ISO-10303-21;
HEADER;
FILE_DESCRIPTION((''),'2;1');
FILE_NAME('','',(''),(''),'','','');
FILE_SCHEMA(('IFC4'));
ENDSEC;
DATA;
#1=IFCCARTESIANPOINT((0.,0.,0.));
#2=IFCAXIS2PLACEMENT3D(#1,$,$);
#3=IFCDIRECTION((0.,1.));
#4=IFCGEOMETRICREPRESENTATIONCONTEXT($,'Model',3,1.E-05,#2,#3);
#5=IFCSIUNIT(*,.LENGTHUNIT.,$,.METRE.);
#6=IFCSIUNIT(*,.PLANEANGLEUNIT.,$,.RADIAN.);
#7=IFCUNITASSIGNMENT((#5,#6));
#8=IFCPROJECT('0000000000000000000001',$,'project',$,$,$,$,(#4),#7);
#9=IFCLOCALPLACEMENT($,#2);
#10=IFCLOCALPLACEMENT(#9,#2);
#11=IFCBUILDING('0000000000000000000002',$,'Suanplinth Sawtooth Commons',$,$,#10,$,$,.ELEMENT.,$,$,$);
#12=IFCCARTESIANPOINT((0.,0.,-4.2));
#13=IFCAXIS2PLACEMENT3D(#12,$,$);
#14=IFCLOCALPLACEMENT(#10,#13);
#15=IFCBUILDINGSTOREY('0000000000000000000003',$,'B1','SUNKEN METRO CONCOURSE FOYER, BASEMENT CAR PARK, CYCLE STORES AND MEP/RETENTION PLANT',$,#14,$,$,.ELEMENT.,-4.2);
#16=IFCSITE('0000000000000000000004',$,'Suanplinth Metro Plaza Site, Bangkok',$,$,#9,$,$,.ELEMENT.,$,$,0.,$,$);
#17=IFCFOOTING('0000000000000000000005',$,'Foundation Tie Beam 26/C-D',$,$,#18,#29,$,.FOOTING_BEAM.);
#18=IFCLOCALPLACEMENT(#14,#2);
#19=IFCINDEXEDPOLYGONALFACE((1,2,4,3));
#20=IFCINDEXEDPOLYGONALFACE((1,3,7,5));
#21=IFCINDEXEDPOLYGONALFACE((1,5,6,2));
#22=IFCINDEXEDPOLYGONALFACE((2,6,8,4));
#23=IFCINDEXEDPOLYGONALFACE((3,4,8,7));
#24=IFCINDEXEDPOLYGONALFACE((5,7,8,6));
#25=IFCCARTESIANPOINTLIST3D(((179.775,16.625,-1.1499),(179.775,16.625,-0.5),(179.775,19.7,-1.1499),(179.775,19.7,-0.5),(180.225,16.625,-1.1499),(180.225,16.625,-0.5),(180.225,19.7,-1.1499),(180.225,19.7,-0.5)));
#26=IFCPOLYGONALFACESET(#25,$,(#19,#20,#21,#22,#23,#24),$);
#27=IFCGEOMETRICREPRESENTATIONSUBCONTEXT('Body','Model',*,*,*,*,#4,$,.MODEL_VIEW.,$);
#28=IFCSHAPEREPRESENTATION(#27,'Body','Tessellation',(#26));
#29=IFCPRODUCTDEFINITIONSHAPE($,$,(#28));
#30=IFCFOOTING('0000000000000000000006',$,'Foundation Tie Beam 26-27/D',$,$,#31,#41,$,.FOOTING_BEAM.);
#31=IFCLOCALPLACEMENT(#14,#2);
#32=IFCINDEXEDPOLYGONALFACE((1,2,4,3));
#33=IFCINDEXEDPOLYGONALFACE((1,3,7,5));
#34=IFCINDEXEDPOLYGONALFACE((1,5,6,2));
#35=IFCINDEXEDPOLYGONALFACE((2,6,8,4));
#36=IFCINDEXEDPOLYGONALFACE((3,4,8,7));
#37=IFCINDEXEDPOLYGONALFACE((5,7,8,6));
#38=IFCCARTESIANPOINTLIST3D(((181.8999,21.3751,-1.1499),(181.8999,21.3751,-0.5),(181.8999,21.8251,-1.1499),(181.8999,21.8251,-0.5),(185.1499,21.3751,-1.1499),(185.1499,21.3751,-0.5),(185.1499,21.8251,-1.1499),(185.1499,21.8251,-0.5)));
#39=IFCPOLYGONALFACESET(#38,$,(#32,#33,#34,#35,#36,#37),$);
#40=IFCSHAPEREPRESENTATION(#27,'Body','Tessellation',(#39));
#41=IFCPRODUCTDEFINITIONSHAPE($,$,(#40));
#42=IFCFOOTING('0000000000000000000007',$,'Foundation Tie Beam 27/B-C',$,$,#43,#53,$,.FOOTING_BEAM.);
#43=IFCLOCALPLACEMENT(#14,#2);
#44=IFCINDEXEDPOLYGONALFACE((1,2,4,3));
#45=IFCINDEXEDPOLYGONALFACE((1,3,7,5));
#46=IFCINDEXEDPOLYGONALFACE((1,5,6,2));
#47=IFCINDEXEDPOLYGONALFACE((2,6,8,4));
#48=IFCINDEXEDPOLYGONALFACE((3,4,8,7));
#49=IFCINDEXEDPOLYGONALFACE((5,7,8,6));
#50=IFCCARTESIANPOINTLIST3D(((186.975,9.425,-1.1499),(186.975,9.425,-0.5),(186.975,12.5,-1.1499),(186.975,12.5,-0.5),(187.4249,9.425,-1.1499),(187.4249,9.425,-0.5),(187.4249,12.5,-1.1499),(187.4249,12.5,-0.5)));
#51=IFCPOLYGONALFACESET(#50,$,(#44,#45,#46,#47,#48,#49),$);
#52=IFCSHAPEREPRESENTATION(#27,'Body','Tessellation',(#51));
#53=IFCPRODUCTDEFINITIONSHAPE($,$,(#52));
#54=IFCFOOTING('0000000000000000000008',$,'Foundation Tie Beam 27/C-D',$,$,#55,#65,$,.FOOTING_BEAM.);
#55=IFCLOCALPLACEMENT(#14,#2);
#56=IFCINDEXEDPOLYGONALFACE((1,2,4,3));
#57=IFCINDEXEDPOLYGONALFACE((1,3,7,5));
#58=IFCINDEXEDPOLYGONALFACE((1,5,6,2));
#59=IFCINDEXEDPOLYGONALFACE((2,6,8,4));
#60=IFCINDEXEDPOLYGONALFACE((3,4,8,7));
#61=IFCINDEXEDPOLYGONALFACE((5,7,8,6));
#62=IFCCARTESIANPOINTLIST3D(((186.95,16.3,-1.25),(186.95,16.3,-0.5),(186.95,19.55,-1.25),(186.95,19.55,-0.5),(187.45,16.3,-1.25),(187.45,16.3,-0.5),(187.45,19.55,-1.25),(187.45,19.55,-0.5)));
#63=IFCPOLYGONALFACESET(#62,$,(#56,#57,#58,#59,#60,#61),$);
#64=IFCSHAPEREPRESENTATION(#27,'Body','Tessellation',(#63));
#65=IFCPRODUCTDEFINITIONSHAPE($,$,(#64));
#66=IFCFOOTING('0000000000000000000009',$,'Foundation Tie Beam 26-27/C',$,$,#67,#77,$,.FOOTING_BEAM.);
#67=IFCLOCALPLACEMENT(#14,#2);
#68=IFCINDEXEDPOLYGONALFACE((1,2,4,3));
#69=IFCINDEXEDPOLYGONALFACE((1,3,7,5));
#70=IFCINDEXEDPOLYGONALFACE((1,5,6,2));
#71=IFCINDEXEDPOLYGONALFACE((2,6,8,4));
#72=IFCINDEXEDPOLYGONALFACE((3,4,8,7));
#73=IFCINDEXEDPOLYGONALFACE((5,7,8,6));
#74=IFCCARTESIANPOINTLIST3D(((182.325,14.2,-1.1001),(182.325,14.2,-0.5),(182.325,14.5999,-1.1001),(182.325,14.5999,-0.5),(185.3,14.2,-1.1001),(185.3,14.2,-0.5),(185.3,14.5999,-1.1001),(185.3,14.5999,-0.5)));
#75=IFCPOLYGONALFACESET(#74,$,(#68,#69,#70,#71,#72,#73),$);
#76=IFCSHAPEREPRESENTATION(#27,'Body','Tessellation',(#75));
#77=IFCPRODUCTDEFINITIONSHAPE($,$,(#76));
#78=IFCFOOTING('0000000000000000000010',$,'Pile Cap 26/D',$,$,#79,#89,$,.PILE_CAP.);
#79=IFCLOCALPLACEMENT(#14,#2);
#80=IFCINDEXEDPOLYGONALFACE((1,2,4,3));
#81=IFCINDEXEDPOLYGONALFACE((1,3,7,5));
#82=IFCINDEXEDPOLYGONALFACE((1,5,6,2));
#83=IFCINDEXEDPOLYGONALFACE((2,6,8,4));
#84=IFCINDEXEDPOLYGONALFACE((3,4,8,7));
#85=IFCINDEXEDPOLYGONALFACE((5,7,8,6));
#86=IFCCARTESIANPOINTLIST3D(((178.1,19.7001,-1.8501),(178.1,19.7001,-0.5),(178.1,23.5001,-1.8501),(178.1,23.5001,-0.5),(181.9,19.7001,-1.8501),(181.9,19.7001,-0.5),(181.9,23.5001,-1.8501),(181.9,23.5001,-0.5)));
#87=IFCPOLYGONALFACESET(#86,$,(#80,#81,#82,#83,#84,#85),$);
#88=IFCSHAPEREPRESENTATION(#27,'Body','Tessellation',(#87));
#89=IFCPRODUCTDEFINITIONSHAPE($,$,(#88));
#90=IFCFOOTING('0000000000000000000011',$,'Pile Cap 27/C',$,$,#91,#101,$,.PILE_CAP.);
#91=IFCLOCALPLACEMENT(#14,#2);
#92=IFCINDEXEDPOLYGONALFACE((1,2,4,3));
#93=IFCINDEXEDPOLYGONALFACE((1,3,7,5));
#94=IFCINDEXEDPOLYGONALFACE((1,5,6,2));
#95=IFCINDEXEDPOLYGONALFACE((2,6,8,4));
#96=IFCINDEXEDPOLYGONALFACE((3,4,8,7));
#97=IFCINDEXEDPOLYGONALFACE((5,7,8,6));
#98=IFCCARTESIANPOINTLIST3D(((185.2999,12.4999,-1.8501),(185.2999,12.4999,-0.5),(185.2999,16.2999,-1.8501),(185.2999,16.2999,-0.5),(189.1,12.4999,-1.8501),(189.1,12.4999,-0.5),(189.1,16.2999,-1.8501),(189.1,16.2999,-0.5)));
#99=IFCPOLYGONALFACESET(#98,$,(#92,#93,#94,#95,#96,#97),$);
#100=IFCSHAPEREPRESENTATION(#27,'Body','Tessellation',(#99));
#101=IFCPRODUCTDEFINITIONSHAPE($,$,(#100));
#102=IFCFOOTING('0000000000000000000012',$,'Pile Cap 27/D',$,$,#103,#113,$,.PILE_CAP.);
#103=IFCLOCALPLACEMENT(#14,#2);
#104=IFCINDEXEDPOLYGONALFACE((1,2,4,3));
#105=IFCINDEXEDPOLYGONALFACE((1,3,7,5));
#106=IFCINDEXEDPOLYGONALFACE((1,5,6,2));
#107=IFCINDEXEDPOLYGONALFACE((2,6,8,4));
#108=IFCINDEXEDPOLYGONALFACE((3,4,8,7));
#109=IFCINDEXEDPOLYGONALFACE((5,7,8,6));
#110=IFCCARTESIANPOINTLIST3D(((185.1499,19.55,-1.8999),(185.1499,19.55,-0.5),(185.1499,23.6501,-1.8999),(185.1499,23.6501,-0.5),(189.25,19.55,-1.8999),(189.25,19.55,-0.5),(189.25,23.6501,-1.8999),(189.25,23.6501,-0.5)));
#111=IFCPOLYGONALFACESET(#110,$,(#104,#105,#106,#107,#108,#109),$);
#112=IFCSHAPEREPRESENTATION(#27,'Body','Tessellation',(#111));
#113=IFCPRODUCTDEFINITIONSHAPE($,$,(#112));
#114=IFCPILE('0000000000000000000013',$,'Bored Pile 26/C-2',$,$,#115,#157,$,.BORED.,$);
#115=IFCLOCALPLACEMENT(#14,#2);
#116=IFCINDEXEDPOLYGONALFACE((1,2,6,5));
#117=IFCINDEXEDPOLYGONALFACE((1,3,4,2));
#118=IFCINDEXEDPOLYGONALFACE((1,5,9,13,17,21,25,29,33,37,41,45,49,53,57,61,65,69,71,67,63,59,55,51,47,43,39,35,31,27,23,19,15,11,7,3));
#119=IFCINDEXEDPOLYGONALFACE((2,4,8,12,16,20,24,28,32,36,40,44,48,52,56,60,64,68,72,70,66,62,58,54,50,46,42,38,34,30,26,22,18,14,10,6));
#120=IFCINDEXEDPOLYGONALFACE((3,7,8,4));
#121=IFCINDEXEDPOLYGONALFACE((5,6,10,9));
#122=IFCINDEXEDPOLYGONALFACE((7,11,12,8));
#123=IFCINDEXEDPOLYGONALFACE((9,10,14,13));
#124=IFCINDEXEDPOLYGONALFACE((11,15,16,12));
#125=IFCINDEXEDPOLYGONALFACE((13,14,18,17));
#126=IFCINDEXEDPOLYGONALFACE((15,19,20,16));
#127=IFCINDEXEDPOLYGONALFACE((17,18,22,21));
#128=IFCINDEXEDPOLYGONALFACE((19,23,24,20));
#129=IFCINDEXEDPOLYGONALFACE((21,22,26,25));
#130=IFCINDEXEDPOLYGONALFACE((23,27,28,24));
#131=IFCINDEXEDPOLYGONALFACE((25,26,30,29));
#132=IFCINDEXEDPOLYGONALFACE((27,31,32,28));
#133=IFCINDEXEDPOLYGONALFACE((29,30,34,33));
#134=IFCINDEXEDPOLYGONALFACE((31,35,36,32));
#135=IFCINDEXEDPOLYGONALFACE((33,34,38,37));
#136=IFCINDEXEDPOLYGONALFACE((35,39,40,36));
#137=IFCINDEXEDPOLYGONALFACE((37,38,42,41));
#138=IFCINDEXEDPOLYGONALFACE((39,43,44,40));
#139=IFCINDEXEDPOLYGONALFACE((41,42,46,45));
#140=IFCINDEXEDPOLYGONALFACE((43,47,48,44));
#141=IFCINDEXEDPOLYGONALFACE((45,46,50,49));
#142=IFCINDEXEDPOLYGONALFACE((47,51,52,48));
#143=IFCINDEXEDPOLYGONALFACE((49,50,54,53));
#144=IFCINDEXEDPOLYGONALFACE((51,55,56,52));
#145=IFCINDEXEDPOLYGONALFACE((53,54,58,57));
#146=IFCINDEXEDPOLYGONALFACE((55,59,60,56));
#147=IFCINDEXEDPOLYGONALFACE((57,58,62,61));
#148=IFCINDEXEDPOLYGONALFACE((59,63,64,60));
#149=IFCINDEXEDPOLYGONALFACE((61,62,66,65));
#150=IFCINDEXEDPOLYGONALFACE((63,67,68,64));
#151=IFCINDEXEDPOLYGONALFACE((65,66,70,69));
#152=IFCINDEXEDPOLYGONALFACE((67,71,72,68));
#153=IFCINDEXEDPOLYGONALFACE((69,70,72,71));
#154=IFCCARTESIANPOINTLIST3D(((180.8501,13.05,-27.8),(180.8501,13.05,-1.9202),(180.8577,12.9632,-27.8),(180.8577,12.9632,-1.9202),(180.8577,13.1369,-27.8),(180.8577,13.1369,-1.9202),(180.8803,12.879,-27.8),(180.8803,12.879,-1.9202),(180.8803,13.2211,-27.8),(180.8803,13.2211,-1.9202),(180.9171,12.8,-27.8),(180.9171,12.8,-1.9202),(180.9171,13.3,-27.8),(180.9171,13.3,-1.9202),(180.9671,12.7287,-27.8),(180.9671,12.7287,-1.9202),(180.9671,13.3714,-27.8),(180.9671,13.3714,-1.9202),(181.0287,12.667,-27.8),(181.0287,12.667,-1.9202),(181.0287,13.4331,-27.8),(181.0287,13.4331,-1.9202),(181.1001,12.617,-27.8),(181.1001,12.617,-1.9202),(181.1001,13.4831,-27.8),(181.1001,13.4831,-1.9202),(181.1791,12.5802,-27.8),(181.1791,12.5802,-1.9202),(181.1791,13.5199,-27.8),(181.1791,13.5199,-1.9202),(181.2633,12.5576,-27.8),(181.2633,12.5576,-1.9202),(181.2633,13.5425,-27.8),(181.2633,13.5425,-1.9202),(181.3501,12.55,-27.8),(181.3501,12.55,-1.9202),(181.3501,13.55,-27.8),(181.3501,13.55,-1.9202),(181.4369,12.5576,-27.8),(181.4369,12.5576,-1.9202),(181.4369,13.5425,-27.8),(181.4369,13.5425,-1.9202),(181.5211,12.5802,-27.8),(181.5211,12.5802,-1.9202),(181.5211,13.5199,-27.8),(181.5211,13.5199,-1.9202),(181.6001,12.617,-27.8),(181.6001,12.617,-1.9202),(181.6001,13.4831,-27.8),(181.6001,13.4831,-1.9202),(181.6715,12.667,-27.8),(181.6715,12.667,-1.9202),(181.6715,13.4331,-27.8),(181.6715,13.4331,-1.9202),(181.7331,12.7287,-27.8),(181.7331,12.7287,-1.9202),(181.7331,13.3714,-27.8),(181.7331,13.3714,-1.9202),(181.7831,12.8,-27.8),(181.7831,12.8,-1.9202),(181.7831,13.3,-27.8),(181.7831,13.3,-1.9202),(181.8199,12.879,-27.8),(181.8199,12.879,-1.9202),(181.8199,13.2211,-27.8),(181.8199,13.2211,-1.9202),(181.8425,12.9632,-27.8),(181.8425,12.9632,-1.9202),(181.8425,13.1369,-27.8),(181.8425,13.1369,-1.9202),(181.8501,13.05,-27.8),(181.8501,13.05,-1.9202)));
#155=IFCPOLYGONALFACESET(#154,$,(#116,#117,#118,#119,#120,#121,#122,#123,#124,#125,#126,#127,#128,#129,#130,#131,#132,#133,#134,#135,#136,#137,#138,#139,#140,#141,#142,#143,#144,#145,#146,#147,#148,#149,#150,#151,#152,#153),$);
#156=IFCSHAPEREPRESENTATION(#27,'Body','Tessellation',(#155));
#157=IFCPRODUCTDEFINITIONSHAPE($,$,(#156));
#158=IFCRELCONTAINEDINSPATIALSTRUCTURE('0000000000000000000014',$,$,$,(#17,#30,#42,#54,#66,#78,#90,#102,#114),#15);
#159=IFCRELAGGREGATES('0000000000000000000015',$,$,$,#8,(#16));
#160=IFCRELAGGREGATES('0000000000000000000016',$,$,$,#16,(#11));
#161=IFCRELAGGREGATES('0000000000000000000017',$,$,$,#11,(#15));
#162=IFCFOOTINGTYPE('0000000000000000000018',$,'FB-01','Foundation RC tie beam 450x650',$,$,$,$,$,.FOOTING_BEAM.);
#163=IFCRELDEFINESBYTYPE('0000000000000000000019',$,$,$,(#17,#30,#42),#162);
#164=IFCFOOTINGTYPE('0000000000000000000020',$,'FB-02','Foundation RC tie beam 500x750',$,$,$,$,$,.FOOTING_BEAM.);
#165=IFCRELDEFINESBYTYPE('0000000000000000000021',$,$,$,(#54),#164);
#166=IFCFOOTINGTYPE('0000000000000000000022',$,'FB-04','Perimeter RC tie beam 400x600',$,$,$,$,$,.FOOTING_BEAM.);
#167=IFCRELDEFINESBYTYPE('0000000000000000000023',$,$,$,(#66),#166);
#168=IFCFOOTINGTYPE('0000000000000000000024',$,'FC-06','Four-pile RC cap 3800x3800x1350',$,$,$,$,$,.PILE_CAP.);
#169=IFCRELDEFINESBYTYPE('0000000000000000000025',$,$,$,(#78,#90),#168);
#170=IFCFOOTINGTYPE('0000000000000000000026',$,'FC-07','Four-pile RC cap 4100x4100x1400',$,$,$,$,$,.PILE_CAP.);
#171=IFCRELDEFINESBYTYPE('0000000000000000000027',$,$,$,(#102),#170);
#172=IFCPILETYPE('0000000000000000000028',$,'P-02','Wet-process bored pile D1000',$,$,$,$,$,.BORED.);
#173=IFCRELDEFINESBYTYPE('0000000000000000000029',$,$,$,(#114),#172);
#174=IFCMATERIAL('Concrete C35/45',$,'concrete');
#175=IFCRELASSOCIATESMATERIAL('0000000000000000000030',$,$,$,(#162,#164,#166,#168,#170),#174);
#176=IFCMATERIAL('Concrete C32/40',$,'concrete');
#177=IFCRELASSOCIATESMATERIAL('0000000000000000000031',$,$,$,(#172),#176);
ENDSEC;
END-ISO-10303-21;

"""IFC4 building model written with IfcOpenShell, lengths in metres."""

from ifc_helpers import new_model, si_unit, direction, frame, origin, origin_2d, place, context, subcontext, project, spatial, rectangle, circle, extrude, material, material_profile, profile_set, type_object, element, save


model = new_model("IFC4")

# Units and contexts
model_context = context("Model", 3, precision=1e-05, world=origin(), true_north=direction((0.0, 1.0)))
body_context = subcontext(model_context, "Body", "Model", "MODEL_VIEW")
ifc_project = project(units=[si_unit("LENGTHUNIT", "METRE"), si_unit("PLANEANGLEUNIT", "RADIAN")], contexts=[model_context])

# Site, building, storey
site_placement = place(None, origin())
site = spatial("IfcSite", under=ifc_project, at=site_placement, Name="Suanplinth Metro Plaza Site, Bangkok", CompositionType="ELEMENT", RefElevation=0.0)
building_placement = place(site_placement, origin())
building = spatial("IfcBuilding", under=site, at=building_placement, Name="Suanplinth Sawtooth Commons", CompositionType="ELEMENT")
storey_placement = place(building_placement, frame((0.0, 0.0, -4.2)))
storey = spatial("IfcBuildingStorey", under=building, at=storey_placement, Name="B1", Description="SUNKEN METRO CONCOURSE FOYER, BASEMENT CAR PARK, CYCLE STORES AND MEP/RETENTION PLANT", CompositionType="ELEMENT", Elevation=-4.2)

# Footings
ifc_material_1 = material(Name="Concrete C35/45", Category="concrete")
ifc_material_profile_1 = material_profile(ifc_material_1, rectangle(XDim=0.45, YDim=0.6499, at=origin_2d()), Name="PC-GDR 450x650")
ifc_profile_set_1 = profile_set([ifc_material_profile_1], Name="Concrete C35/45")
footing_type_1 = type_object("IfcFootingType", Name="FB-01", Description="Foundation RC tie beam 450x650", PredefinedType="FOOTING_BEAM", material=ifc_profile_set_1)
footing_1_placement = place(storey_placement, frame((180.0, 16.625, -0.825), z_axis=(0.0, 1.0, 0.0), x_axis=(-1.0, 0.0, 0.0)))
element("IfcFooting", 1, at=footing_1_placement, inside=storey, type_object=footing_type_1, Name="Foundation Tie Beam 26/C-D", PredefinedType="FOOTING_BEAM", context=body_context, shape_type="SweptSolid", body=[
    extrude(rectangle(XDim=0.45, YDim=0.6499, at=origin_2d()), origin(), (0.0, 0.0, 1.0), 3.075),
])
footing_2_placement = place(storey_placement, frame((181.8999, 21.6001, -0.825), z_axis=(1.0, 0.0, 0.0), x_axis=(0.0, 1.0, 0.0)))
element("IfcFooting", 2, at=footing_2_placement, inside=storey, type_object=footing_type_1, Name="Foundation Tie Beam 26-27/D", PredefinedType="FOOTING_BEAM", context=body_context, shape_type="SweptSolid", body=[
    extrude(rectangle(XDim=0.45, YDim=0.6499, at=origin_2d()), origin(), (0.0, 0.0, 1.0), 3.25),
])
footing_3_placement = place(storey_placement, frame((187.2, 9.425, -0.825), z_axis=(0.0, 1.0, 0.0), x_axis=(-1.0, 0.0, 0.0)))
element("IfcFooting", 3, at=footing_3_placement, inside=storey, type_object=footing_type_1, Name="Foundation Tie Beam 27/B-C", PredefinedType="FOOTING_BEAM", context=body_context, shape_type="SweptSolid", body=[
    extrude(rectangle(XDim=0.45, YDim=0.6499, at=origin_2d()), origin(), (0.0, 0.0, 1.0), 3.075),
])
ifc_material_profile_2 = material_profile(ifc_material_1, rectangle(XDim=0.5, YDim=0.75, at=origin_2d()), Name="RC-GDR 500x750")
ifc_profile_set_2 = profile_set([ifc_material_profile_2], Name="Concrete C35/45")
footing_type_2 = type_object("IfcFootingType", Name="FB-02", Description="Foundation RC tie beam 500x750", PredefinedType="FOOTING_BEAM", material=ifc_profile_set_2)
footing_4_placement = place(storey_placement, frame((187.2, 16.3, -0.875), z_axis=(0.0, 1.0, 0.0), x_axis=(-1.0, 0.0, 0.0)))
element("IfcFooting", 4, at=footing_4_placement, inside=storey, type_object=footing_type_2, Name="Foundation Tie Beam 27/C-D", PredefinedType="FOOTING_BEAM", context=body_context, shape_type="SweptSolid", body=[
    extrude(rectangle(XDim=0.5, YDim=0.75, at=origin_2d()), origin(), (0.0, 0.0, 1.0), 3.25),
])
ifc_material_profile_3 = material_profile(ifc_material_1, rectangle(XDim=0.3999, YDim=0.6001, at=origin_2d()), Name="PC-GDR 400x600")
ifc_profile_set_3 = profile_set([ifc_material_profile_3], Name="Concrete C35/45")
footing_type_3 = type_object("IfcFootingType", Name="FB-04", Description="Perimeter RC tie beam 400x600", PredefinedType="FOOTING_BEAM", material=ifc_profile_set_3)
footing_5_placement = place(storey_placement, frame((182.325, 14.3999, -0.8), z_axis=(1.0, 0.0, 0.0), x_axis=(0.0, 1.0, 0.0)))
element("IfcFooting", 5, at=footing_5_placement, inside=storey, type_object=footing_type_3, Name="Foundation Tie Beam 26-27/C", PredefinedType="FOOTING_BEAM", context=body_context, shape_type="SweptSolid", body=[
    extrude(rectangle(XDim=0.3999, YDim=0.6001, at=origin_2d()), origin(), (0.0, 0.0, 1.0), 2.9751),
])
footing_type_4 = type_object("IfcFootingType", Name="FC-06", Description="Four-pile RC cap 3800x3800x1350", PredefinedType="PILE_CAP", material=ifc_material_1)
for number, where, z_axis, x_axis, name in (
    (6, (180.0, 21.6001, -1.8501), (0.0, 0.0, 1.0), (1.0, 0.0, 0.0), "Pile Cap 26/D"),
    (7, (187.2, 14.3999, -1.8501), (0.0, 0.0, 1.0), (1.0, 0.0, 0.0), "Pile Cap 27/C"),
):
    element("IfcFooting", number, at=place(storey_placement, frame(where, z_axis=z_axis, x_axis=x_axis)), inside=storey, type_object=footing_type_4, Name=name, PredefinedType="PILE_CAP", context=body_context, shape_type="SweptSolid", body=[
        extrude(rectangle(XDim=3.8, YDim=3.8, at=origin_2d()), origin(), (0.0, 0.0, 1.0), 1.3501),
    ])
footing_type_5 = type_object("IfcFootingType", Name="FC-07", Description="Four-pile RC cap 4100x4100x1400", PredefinedType="PILE_CAP", material=ifc_material_1)
footing_6_placement = place(storey_placement, frame((187.2, 21.6001, -1.8999), z_axis=(0.0, 0.0, 1.0), x_axis=(1.0, 0.0, 0.0)))
element("IfcFooting", 8, at=footing_6_placement, inside=storey, type_object=footing_type_5, Name="Pile Cap 27/D", PredefinedType="PILE_CAP", context=body_context, shape_type="SweptSolid", body=[
    extrude(rectangle(XDim=4.1001, YDim=4.1001, at=origin_2d()), origin(), (0.0, 0.0, 1.0), 1.3999),
])

# Pile
ifc_material_2 = material(Name="Concrete C32/40", Category="concrete")
ifc_material_profile_4 = material_profile(ifc_material_2, circle(Radius=0.5, at=origin_2d()), Name="PILE D1000")
ifc_profile_set_4 = profile_set([ifc_material_profile_4], Name="Concrete C32/40")
pile_type = type_object("IfcPileType", Name="P-02", Description="Wet-process bored pile D1000", PredefinedType="BORED", material=ifc_profile_set_4)
for number, where, z_axis, x_axis, name in (
    (9, (181.3501, 13.05, -1.9202), (0.0, 0.0, -1.0), (1.0, 0.0, 0.0), "Bored Pile 26/C-2"),
):
    element("IfcPile", number, at=place(storey_placement, frame(where, z_axis=z_axis, x_axis=x_axis)), inside=storey, type_object=pile_type, Name=name, PredefinedType="BORED", context=body_context, shape_type="SweptSolid", body=[
        extrude(circle(Radius=0.5, at=origin_2d()), origin(), (0.0, 0.0, 1.0), 25.8799),
    ])

save(model, "model.ifc")
